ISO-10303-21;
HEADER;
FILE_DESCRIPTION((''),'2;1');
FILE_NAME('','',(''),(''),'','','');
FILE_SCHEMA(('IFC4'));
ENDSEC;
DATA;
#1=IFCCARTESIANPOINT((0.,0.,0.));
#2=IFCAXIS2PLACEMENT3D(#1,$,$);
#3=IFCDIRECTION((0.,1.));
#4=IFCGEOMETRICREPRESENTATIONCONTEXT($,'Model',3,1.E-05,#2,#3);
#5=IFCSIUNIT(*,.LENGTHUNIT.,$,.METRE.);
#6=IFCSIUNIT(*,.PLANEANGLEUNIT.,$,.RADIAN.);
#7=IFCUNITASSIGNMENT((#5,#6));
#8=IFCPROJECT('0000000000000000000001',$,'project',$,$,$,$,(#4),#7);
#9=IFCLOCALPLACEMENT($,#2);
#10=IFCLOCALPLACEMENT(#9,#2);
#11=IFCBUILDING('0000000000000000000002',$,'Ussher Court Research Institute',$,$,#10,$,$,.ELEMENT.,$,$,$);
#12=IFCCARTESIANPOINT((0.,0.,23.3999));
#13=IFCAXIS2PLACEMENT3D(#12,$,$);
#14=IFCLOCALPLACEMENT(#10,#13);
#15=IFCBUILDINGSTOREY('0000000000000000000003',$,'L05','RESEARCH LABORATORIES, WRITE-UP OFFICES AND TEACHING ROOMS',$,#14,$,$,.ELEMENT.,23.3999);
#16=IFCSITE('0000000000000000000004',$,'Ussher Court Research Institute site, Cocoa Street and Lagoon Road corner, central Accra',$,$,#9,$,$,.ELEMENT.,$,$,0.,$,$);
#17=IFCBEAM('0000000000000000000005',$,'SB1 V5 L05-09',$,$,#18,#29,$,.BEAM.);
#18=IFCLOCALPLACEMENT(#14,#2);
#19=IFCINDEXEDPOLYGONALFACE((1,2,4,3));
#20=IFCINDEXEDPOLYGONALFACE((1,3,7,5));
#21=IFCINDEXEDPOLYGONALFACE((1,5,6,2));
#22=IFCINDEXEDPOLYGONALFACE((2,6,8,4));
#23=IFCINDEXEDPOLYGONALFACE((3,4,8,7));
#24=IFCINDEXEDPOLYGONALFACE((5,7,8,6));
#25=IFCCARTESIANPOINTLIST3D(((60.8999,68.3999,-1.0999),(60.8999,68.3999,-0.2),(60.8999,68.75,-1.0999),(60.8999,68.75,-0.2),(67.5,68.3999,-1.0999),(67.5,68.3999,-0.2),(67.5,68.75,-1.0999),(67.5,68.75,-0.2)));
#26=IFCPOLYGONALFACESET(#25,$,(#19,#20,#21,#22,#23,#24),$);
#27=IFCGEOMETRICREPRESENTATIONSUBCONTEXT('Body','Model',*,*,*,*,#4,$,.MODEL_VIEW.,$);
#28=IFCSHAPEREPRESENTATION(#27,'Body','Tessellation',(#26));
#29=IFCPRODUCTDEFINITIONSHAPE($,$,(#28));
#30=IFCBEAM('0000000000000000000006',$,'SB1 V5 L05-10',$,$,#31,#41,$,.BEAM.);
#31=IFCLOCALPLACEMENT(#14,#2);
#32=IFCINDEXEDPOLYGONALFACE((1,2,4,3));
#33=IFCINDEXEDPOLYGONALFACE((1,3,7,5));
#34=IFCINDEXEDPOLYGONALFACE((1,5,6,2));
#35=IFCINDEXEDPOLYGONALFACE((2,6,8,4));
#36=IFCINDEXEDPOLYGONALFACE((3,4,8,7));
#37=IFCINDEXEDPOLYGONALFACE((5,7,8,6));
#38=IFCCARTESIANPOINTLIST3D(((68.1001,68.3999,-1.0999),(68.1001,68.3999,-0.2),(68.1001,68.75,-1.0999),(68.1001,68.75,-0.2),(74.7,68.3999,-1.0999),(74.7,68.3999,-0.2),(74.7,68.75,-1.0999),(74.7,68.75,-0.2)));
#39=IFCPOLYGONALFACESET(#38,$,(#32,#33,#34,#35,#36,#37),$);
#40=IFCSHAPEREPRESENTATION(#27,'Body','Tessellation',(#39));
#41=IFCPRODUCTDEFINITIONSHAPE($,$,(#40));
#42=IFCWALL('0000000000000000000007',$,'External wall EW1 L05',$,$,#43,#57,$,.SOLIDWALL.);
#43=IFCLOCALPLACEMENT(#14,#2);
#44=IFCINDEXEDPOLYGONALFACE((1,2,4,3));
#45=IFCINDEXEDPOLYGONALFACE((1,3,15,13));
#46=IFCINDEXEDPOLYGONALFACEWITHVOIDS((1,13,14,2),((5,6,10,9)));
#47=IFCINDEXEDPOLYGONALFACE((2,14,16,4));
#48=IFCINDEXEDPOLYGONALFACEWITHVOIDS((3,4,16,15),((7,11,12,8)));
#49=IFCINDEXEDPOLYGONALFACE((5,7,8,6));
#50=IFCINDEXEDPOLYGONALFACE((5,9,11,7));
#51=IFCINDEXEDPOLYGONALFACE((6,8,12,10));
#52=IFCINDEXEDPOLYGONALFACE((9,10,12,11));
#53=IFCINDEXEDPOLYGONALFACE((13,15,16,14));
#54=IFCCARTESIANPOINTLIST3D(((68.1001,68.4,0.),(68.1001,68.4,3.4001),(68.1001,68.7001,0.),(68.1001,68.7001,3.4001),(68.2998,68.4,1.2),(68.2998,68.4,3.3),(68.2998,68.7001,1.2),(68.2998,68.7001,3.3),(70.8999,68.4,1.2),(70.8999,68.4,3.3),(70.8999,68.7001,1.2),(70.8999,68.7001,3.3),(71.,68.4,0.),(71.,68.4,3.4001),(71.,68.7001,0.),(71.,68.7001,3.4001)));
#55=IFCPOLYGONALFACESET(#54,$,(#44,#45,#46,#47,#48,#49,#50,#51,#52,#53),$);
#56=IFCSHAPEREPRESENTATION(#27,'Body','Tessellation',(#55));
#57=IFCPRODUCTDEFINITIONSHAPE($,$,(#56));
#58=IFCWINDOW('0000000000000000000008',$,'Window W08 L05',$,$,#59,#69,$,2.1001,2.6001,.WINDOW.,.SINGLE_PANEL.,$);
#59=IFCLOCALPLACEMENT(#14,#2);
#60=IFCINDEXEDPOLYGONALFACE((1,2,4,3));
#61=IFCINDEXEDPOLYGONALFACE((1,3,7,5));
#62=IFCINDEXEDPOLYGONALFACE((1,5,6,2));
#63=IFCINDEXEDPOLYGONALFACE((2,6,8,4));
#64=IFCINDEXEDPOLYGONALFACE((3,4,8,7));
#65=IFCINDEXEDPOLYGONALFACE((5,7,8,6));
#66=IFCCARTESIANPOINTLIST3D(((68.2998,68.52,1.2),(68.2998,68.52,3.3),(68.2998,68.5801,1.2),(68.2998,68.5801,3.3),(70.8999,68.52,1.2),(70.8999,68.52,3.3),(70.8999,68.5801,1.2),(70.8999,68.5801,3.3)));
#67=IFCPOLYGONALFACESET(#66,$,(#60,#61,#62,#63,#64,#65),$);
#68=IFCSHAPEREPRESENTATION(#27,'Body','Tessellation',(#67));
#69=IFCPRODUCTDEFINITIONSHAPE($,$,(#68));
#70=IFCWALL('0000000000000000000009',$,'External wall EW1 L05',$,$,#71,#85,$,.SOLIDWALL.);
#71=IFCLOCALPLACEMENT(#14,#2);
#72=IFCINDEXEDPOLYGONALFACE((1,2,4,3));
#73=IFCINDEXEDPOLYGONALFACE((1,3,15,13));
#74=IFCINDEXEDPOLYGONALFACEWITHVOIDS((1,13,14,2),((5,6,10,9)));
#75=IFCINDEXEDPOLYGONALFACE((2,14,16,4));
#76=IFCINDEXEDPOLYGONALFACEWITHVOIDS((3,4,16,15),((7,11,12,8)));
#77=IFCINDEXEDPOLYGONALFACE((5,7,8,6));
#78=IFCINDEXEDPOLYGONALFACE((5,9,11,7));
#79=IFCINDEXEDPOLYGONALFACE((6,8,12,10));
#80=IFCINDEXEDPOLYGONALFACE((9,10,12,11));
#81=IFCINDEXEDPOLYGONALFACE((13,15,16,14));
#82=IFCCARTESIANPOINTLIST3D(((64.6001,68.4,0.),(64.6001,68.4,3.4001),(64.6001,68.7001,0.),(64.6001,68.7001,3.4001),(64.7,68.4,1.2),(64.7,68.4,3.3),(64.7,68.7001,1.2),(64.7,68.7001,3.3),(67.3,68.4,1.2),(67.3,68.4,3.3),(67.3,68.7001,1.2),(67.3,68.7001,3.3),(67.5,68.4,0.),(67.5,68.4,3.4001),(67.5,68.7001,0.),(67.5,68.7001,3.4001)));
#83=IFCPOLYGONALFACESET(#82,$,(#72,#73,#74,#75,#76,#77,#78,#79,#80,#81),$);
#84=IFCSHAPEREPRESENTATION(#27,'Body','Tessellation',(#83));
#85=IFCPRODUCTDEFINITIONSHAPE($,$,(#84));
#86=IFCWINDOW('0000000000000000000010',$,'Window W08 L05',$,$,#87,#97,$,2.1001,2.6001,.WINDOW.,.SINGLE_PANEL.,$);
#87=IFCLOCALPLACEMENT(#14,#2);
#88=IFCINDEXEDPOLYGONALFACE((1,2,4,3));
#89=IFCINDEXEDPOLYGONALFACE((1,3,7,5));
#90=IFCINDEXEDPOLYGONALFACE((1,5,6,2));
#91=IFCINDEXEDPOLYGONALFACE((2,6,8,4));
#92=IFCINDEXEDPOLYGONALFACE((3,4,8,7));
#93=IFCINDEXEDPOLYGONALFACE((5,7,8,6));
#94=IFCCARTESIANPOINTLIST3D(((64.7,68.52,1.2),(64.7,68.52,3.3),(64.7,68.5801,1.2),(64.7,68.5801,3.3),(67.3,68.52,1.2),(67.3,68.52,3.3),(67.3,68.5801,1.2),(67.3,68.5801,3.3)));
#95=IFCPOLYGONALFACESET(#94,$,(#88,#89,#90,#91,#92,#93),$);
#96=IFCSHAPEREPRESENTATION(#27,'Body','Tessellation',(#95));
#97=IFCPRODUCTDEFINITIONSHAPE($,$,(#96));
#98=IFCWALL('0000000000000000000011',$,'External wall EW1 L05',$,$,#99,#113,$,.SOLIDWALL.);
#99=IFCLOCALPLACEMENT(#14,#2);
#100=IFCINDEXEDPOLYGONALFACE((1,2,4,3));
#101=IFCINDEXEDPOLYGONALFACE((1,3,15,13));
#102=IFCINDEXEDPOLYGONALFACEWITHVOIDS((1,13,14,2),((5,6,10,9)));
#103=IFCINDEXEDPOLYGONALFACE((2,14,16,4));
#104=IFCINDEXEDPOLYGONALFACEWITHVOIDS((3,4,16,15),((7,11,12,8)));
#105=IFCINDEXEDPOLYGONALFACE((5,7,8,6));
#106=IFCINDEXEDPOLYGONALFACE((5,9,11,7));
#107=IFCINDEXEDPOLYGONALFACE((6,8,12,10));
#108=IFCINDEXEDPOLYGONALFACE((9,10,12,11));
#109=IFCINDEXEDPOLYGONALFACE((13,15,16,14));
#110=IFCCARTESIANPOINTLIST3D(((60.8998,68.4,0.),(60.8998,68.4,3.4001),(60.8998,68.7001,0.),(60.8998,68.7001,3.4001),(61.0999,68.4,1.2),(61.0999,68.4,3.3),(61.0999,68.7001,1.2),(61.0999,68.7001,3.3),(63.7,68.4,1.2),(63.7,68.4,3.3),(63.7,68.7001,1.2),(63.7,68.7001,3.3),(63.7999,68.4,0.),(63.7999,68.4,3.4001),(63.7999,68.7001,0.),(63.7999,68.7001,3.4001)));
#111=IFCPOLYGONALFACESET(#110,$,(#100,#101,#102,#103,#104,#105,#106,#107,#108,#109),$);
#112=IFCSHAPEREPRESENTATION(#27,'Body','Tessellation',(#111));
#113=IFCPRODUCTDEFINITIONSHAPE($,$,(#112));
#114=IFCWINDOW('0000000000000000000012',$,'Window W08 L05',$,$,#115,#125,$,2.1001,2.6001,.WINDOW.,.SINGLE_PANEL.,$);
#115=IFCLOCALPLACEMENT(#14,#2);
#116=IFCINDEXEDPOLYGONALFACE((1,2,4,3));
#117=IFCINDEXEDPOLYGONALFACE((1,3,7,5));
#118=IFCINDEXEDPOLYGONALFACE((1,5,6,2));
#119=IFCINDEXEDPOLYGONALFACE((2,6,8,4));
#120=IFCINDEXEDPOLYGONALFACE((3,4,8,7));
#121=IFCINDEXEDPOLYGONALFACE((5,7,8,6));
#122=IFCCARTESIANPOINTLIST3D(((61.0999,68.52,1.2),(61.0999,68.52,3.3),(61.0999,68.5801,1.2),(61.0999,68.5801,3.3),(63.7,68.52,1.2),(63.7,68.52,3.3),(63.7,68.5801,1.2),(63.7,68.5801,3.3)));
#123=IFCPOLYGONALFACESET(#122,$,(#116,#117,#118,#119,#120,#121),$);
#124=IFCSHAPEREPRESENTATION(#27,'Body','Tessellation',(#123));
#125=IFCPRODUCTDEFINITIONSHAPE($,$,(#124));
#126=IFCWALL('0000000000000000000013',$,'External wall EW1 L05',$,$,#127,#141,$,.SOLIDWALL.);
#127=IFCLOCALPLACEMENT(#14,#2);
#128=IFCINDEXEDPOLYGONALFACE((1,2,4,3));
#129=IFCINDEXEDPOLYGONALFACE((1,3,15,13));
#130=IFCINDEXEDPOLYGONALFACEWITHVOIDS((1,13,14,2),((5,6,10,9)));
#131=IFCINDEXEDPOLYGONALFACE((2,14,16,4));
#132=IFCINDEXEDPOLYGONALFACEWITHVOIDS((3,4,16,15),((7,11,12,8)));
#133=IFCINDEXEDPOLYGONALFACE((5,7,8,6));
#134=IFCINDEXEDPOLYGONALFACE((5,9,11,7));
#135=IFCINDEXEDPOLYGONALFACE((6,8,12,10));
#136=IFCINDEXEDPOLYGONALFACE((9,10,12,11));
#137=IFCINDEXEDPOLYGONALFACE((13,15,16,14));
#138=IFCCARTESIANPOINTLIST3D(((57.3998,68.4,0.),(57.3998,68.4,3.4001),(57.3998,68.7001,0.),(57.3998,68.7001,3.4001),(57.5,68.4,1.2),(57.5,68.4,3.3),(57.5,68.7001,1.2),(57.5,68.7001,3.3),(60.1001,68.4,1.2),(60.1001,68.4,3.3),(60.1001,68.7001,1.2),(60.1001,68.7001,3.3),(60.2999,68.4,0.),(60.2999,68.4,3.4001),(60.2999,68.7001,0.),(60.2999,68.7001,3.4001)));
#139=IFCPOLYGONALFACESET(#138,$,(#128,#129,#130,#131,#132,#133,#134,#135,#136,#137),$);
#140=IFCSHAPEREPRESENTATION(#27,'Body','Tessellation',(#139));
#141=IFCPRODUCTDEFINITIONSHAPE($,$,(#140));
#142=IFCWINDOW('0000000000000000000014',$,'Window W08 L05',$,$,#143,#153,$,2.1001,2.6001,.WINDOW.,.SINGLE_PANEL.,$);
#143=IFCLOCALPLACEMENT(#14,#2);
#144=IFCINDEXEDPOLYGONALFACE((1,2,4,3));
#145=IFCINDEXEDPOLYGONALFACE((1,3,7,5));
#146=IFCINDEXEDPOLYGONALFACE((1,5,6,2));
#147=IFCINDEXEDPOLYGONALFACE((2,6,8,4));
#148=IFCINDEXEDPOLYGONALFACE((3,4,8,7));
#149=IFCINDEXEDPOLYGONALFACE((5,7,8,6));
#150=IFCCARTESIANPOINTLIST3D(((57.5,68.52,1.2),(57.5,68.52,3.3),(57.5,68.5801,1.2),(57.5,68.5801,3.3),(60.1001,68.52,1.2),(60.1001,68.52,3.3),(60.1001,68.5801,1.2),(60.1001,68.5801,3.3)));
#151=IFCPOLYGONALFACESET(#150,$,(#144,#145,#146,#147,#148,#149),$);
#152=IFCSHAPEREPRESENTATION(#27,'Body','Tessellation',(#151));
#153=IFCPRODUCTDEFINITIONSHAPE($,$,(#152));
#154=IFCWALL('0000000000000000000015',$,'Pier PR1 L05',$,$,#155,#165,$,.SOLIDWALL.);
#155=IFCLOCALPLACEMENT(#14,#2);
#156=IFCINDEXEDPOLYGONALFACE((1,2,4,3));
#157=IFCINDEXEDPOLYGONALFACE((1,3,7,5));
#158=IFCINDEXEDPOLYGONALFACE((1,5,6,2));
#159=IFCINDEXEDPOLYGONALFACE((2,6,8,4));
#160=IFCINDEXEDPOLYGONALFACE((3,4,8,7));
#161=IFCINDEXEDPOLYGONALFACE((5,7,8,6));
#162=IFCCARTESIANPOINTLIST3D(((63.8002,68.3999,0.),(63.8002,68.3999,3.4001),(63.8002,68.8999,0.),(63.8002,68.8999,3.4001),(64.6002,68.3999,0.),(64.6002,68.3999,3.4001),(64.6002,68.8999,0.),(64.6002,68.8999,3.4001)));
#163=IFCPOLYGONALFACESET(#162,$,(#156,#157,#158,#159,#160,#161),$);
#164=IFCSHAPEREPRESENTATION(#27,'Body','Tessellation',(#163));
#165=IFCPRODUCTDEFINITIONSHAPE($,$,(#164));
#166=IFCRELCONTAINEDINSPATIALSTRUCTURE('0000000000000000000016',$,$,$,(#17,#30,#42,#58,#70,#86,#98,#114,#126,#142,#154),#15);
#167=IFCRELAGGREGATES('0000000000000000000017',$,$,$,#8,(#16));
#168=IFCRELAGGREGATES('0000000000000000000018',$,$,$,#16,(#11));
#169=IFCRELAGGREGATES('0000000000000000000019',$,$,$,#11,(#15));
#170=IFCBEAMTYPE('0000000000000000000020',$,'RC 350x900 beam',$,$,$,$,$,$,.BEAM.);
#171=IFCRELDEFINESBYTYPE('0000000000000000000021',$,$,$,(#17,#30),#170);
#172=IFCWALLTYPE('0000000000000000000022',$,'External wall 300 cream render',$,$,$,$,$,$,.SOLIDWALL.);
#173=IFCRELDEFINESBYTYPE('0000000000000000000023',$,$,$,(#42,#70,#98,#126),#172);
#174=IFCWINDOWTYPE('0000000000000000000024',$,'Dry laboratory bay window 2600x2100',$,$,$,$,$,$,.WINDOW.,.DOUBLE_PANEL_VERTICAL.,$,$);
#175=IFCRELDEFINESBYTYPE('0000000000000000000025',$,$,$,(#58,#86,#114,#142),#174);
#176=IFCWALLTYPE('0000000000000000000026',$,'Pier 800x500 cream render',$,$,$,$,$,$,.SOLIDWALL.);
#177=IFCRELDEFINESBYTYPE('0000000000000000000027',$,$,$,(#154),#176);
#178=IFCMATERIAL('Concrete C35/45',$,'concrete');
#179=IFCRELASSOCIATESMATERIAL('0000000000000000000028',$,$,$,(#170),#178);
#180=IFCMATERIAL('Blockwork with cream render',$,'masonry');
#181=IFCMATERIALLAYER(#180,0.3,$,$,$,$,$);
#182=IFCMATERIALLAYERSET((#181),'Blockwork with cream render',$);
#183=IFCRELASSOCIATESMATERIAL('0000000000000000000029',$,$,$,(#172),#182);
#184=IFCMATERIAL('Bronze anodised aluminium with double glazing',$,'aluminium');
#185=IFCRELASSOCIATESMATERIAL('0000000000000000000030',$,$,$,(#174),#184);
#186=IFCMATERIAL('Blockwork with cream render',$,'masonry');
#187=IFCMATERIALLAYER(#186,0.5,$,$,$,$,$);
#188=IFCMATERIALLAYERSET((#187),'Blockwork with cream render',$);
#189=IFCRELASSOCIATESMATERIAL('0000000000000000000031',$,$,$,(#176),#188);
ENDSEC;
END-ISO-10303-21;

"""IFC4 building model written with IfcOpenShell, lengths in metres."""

from ifc_helpers import new_model, si_unit, direction, frame, frame_2d, origin, origin_2d, place, context, subcontext, project, spatial, rectangle, extrude, material, layer, layer_set, material_profile, profile_set, type_object, element, fill, save


model = new_model("IFC4")

# Units and contexts
model_context = context("Model", 3, precision=1e-05, world=origin(), true_north=direction((0.0, 1.0)))
body_context = subcontext(model_context, "Body", "Model", "MODEL_VIEW")
ifc_project = project(units=[si_unit("LENGTHUNIT", "METRE"), si_unit("PLANEANGLEUNIT", "RADIAN")], contexts=[model_context])

# Site, building, storey
site_placement = place(None, origin())
site = spatial("IfcSite", under=ifc_project, at=site_placement, Name="Ussher Court Research Institute site, Cocoa Street and Lagoon Road corner, central Accra", CompositionType="ELEMENT", RefElevation=0.0)
building_placement = place(site_placement, origin())
building = spatial("IfcBuilding", under=site, at=building_placement, Name="Ussher Court Research Institute", CompositionType="ELEMENT")
storey_placement = place(building_placement, frame((0.0, 0.0, 23.3999)))
storey = spatial("IfcBuildingStorey", under=building, at=storey_placement, Name="L05", Description="RESEARCH LABORATORIES, WRITE-UP OFFICES AND TEACHING ROOMS", CompositionType="ELEMENT", Elevation=23.3999)

# Beams
ifc_material_1 = material(Name="Concrete C35/45", Category="concrete")
ifc_material_profile = material_profile(ifc_material_1, rectangle(XDim=0.3501, YDim=0.8999, at=origin_2d()), Name="RC 350x900")
ifc_profile_set = profile_set([ifc_material_profile], Name="Concrete C35/45")
beam_type = type_object("IfcBeamType", Name="RC 350x900 beam", PredefinedType="BEAM", material=ifc_profile_set)
beam_1_placement = place(storey_placement, frame((60.8999, 68.575, -0.6499), z_axis=(1.0, 0.0, 0.0), x_axis=(0.0, 1.0, 0.0)))
element("IfcBeam", 1, at=beam_1_placement, inside=storey, type_object=beam_type, Name="SB1 V5 L05-09", PredefinedType="BEAM", context=body_context, shape_type="SweptSolid", body=[
    extrude(rectangle(XDim=0.3501, YDim=0.8999, at=origin_2d()), origin(), (0.0, 0.0, 1.0), 6.6001),
])
beam_2_placement = place(storey_placement, frame((68.1001, 68.575, -0.6499), z_axis=(1.0, 0.0, 0.0), x_axis=(0.0, 1.0, 0.0)))
element("IfcBeam", 2, at=beam_2_placement, inside=storey, type_object=beam_type, Name="SB1 V5 L05-10", PredefinedType="BEAM", context=body_context, shape_type="SweptSolid", body=[
    extrude(rectangle(XDim=0.3501, YDim=0.8999, at=origin_2d()), origin(), (0.0, 0.0, 1.0), 6.5999),
])

# Walls, openings, windows
ifc_material_2 = material(Name="Blockwork with cream render", Category="masonry")
ifc_layer_1 = layer(ifc_material_2, 0.3)
ifc_layer_set_1 = layer_set([ifc_layer_1], Name="Blockwork with cream render")
wall_type_1 = type_object("IfcWallType", Name="External wall 300 cream render", PredefinedType="SOLIDWALL", material=ifc_layer_set_1)
wall_1_placement = place(storey_placement, frame((71.0, 68.55, 0.0), z_axis=(0.0, 0.0, 1.0), x_axis=(-1.0, 0.0, 0.0)))
wall_1 = element("IfcWall", 3, at=wall_1_placement, inside=storey, type_object=wall_type_1, Name="External wall EW1 L05", PredefinedType="SOLIDWALL", context=body_context, shape_type="SweptSolid", body=[
    extrude(rectangle(XDim=2.8999, YDim=0.3, at=frame_2d((1.45, 0.0))), origin(), (0.0, 0.0, 1.0), 3.4001),
])
opening_1_placement = place(wall_1_placement, frame((0.1001, 0.0, 1.2)))
opening_1 = element("IfcOpeningElement", 4, at=opening_1_placement, cuts=wall_1, PredefinedType="OPENING", context=body_context, shape_type="SweptSolid", body=[
    extrude(rectangle(XDim=2.6001, YDim=2.1001, at=frame_2d((1.3, 1.05))), frame((0.0, 0.1602, 0.0), z_axis=(0.0, -1.0, 0.0), x_axis=(1.0, 0.0, 0.0)), (0.0, 0.0, 1.0), 0.3201),
])
ifc_material_3 = material(Name="Bronze anodised aluminium with double glazing", Category="aluminium")
window_type = type_object("IfcWindowType", Name="Dry laboratory bay window 2600x2100", PartitioningType="DOUBLE_PANEL_VERTICAL", PredefinedType="WINDOW", material=ifc_material_3)
window_1_placement = place(opening_1_placement, origin())
window_1 = element("IfcWindow", 5, at=window_1_placement, inside=storey, type_object=window_type, Name="Window W08 L05", OverallHeight=2.1001, OverallWidth=2.6001, PartitioningType="SINGLE_PANEL", PredefinedType="WINDOW", context=body_context, shape_type="SweptSolid", body=[
    extrude(rectangle(XDim=2.6001, YDim=2.1001, at=frame_2d((1.3, 1.05))), frame((0.0, 0.03, 0.0), z_axis=(0.0, -1.0, 0.0), x_axis=(1.0, 0.0, 0.0)), (0.0, 0.0, 1.0), 0.0601),
])
fill(opening_1, window_1)
wall_2_placement = place(storey_placement, frame((67.5, 68.55, 0.0), z_axis=(0.0, 0.0, 1.0), x_axis=(-1.0, 0.0, 0.0)))
wall_2 = element("IfcWall", 6, at=wall_2_placement, inside=storey, type_object=wall_type_1, Name="External wall EW1 L05", PredefinedType="SOLIDWALL", context=body_context, shape_type="SweptSolid", body=[
    extrude(rectangle(XDim=2.8999, YDim=0.3, at=frame_2d((1.45, 0.0))), origin(), (0.0, 0.0, 1.0), 3.4001),
])
opening_2_placement = place(wall_2_placement, frame((0.2, 0.0, 1.2)))
opening_2 = element("IfcOpeningElement", 7, at=opening_2_placement, cuts=wall_2, PredefinedType="OPENING", context=body_context, shape_type="SweptSolid", body=[
    extrude(rectangle(XDim=2.6001, YDim=2.1001, at=frame_2d((1.3, 1.05))), frame((0.0, 0.1602, 0.0), z_axis=(0.0, -1.0, 0.0), x_axis=(1.0, 0.0, 0.0)), (0.0, 0.0, 1.0), 0.3201),
])
window_2_placement = place(opening_2_placement, origin())
window_2 = element("IfcWindow", 8, at=window_2_placement, inside=storey, type_object=window_type, Name="Window W08 L05", OverallHeight=2.1001, OverallWidth=2.6001, PartitioningType="SINGLE_PANEL", PredefinedType="WINDOW", context=body_context, shape_type="SweptSolid", body=[
    extrude(rectangle(XDim=2.6001, YDim=2.1001, at=frame_2d((1.3, 1.05))), frame((0.0, 0.03, 0.0), z_axis=(0.0, -1.0, 0.0), x_axis=(1.0, 0.0, 0.0)), (0.0, 0.0, 1.0), 0.0601),
])
fill(opening_2, window_2)
wall_3_placement = place(storey_placement, frame((63.8, 68.55, 0.0), z_axis=(0.0, 0.0, 1.0), x_axis=(-1.0, 0.0, 0.0)))
wall_3 = element("IfcWall", 9, at=wall_3_placement, inside=storey, type_object=wall_type_1, Name="External wall EW1 L05", PredefinedType="SOLIDWALL", context=body_context, shape_type="SweptSolid", body=[
    extrude(rectangle(XDim=2.9001, YDim=0.3, at=frame_2d((1.4502, 0.0))), origin(), (0.0, 0.0, 1.0), 3.4001),
])
opening_3_placement = place(wall_3_placement, frame((0.1001, 0.0, 1.2)))
opening_3 = element("IfcOpeningElement", 10, at=opening_3_placement, cuts=wall_3, PredefinedType="OPENING", context=body_context, shape_type="SweptSolid", body=[
    extrude(rectangle(XDim=2.6001, YDim=2.1001, at=frame_2d((1.3, 1.05))), frame((0.0, 0.1602, 0.0), z_axis=(0.0, -1.0, 0.0), x_axis=(1.0, 0.0, 0.0)), (0.0, 0.0, 1.0), 0.3201),
])
window_3_placement = place(opening_3_placement, origin())
window_3 = element("IfcWindow", 11, at=window_3_placement, inside=storey, type_object=window_type, Name="Window W08 L05", OverallHeight=2.1001, OverallWidth=2.6001, PartitioningType="SINGLE_PANEL", PredefinedType="WINDOW", context=body_context, shape_type="SweptSolid", body=[
    extrude(rectangle(XDim=2.6001, YDim=2.1001, at=frame_2d((1.3, 1.05))), frame((0.0, 0.03, 0.0), z_axis=(0.0, -1.0, 0.0), x_axis=(1.0, 0.0, 0.0)), (0.0, 0.0, 1.0), 0.0601),
])
fill(opening_3, window_3)
wall_4_placement = place(storey_placement, frame((60.3, 68.55, 0.0), z_axis=(0.0, 0.0, 1.0), x_axis=(-1.0, 0.0, 0.0)))
wall_4 = element("IfcWall", 12, at=wall_4_placement, inside=storey, type_object=wall_type_1, Name="External wall EW1 L05", PredefinedType="SOLIDWALL", context=body_context, shape_type="SweptSolid", body=[
    extrude(rectangle(XDim=2.9001, YDim=0.3, at=frame_2d((1.4502, 0.0))), origin(), (0.0, 0.0, 1.0), 3.4001),
])
opening_4_placement = place(wall_4_placement, frame((0.2, 0.0, 1.2)))
opening_4 = element("IfcOpeningElement", 13, at=opening_4_placement, cuts=wall_4, PredefinedType="OPENING", context=body_context, shape_type="SweptSolid", body=[
    extrude(rectangle(XDim=2.6001, YDim=2.1001, at=frame_2d((1.3, 1.05))), frame((0.0, 0.1602, 0.0), z_axis=(0.0, -1.0, 0.0), x_axis=(1.0, 0.0, 0.0)), (0.0, 0.0, 1.0), 0.3201),
])
window_4_placement = place(opening_4_placement, origin())
window_4 = element("IfcWindow", 14, at=window_4_placement, inside=storey, type_object=window_type, Name="Window W08 L05", OverallHeight=2.1001, OverallWidth=2.6001, PartitioningType="SINGLE_PANEL", PredefinedType="WINDOW", context=body_context, shape_type="SweptSolid", body=[
    extrude(rectangle(XDim=2.6001, YDim=2.1001, at=frame_2d((1.3, 1.05))), frame((0.0, 0.03, 0.0), z_axis=(0.0, -1.0, 0.0), x_axis=(1.0, 0.0, 0.0)), (0.0, 0.0, 1.0), 0.0601),
])
fill(opening_4, window_4)

# Wall
ifc_material_4 = material(Name="Blockwork with cream render", Category="masonry")
ifc_layer_2 = layer(ifc_material_4, 0.5)
ifc_layer_set_2 = layer_set([ifc_layer_2], Name="Blockwork with cream render")
wall_type_2 = type_object("IfcWallType", Name="Pier 800x500 cream render", PredefinedType="SOLIDWALL", material=ifc_layer_set_2)
wall_5_placement = place(storey_placement, frame((64.6001, 68.6499, 0.0), z_axis=(0.0, 0.0, 1.0), x_axis=(-1.0, 0.0, 0.0)))
element("IfcWall", 15, at=wall_5_placement, inside=storey, type_object=wall_type_2, Name="Pier PR1 L05", PredefinedType="SOLIDWALL", context=body_context, shape_type="SweptSolid", body=[
    extrude(rectangle(XDim=0.8, YDim=0.5, at=frame_2d((0.3999, 0.0))), origin(), (0.0, 0.0, 1.0), 3.4001),
])

save(model, "model.ifc")
